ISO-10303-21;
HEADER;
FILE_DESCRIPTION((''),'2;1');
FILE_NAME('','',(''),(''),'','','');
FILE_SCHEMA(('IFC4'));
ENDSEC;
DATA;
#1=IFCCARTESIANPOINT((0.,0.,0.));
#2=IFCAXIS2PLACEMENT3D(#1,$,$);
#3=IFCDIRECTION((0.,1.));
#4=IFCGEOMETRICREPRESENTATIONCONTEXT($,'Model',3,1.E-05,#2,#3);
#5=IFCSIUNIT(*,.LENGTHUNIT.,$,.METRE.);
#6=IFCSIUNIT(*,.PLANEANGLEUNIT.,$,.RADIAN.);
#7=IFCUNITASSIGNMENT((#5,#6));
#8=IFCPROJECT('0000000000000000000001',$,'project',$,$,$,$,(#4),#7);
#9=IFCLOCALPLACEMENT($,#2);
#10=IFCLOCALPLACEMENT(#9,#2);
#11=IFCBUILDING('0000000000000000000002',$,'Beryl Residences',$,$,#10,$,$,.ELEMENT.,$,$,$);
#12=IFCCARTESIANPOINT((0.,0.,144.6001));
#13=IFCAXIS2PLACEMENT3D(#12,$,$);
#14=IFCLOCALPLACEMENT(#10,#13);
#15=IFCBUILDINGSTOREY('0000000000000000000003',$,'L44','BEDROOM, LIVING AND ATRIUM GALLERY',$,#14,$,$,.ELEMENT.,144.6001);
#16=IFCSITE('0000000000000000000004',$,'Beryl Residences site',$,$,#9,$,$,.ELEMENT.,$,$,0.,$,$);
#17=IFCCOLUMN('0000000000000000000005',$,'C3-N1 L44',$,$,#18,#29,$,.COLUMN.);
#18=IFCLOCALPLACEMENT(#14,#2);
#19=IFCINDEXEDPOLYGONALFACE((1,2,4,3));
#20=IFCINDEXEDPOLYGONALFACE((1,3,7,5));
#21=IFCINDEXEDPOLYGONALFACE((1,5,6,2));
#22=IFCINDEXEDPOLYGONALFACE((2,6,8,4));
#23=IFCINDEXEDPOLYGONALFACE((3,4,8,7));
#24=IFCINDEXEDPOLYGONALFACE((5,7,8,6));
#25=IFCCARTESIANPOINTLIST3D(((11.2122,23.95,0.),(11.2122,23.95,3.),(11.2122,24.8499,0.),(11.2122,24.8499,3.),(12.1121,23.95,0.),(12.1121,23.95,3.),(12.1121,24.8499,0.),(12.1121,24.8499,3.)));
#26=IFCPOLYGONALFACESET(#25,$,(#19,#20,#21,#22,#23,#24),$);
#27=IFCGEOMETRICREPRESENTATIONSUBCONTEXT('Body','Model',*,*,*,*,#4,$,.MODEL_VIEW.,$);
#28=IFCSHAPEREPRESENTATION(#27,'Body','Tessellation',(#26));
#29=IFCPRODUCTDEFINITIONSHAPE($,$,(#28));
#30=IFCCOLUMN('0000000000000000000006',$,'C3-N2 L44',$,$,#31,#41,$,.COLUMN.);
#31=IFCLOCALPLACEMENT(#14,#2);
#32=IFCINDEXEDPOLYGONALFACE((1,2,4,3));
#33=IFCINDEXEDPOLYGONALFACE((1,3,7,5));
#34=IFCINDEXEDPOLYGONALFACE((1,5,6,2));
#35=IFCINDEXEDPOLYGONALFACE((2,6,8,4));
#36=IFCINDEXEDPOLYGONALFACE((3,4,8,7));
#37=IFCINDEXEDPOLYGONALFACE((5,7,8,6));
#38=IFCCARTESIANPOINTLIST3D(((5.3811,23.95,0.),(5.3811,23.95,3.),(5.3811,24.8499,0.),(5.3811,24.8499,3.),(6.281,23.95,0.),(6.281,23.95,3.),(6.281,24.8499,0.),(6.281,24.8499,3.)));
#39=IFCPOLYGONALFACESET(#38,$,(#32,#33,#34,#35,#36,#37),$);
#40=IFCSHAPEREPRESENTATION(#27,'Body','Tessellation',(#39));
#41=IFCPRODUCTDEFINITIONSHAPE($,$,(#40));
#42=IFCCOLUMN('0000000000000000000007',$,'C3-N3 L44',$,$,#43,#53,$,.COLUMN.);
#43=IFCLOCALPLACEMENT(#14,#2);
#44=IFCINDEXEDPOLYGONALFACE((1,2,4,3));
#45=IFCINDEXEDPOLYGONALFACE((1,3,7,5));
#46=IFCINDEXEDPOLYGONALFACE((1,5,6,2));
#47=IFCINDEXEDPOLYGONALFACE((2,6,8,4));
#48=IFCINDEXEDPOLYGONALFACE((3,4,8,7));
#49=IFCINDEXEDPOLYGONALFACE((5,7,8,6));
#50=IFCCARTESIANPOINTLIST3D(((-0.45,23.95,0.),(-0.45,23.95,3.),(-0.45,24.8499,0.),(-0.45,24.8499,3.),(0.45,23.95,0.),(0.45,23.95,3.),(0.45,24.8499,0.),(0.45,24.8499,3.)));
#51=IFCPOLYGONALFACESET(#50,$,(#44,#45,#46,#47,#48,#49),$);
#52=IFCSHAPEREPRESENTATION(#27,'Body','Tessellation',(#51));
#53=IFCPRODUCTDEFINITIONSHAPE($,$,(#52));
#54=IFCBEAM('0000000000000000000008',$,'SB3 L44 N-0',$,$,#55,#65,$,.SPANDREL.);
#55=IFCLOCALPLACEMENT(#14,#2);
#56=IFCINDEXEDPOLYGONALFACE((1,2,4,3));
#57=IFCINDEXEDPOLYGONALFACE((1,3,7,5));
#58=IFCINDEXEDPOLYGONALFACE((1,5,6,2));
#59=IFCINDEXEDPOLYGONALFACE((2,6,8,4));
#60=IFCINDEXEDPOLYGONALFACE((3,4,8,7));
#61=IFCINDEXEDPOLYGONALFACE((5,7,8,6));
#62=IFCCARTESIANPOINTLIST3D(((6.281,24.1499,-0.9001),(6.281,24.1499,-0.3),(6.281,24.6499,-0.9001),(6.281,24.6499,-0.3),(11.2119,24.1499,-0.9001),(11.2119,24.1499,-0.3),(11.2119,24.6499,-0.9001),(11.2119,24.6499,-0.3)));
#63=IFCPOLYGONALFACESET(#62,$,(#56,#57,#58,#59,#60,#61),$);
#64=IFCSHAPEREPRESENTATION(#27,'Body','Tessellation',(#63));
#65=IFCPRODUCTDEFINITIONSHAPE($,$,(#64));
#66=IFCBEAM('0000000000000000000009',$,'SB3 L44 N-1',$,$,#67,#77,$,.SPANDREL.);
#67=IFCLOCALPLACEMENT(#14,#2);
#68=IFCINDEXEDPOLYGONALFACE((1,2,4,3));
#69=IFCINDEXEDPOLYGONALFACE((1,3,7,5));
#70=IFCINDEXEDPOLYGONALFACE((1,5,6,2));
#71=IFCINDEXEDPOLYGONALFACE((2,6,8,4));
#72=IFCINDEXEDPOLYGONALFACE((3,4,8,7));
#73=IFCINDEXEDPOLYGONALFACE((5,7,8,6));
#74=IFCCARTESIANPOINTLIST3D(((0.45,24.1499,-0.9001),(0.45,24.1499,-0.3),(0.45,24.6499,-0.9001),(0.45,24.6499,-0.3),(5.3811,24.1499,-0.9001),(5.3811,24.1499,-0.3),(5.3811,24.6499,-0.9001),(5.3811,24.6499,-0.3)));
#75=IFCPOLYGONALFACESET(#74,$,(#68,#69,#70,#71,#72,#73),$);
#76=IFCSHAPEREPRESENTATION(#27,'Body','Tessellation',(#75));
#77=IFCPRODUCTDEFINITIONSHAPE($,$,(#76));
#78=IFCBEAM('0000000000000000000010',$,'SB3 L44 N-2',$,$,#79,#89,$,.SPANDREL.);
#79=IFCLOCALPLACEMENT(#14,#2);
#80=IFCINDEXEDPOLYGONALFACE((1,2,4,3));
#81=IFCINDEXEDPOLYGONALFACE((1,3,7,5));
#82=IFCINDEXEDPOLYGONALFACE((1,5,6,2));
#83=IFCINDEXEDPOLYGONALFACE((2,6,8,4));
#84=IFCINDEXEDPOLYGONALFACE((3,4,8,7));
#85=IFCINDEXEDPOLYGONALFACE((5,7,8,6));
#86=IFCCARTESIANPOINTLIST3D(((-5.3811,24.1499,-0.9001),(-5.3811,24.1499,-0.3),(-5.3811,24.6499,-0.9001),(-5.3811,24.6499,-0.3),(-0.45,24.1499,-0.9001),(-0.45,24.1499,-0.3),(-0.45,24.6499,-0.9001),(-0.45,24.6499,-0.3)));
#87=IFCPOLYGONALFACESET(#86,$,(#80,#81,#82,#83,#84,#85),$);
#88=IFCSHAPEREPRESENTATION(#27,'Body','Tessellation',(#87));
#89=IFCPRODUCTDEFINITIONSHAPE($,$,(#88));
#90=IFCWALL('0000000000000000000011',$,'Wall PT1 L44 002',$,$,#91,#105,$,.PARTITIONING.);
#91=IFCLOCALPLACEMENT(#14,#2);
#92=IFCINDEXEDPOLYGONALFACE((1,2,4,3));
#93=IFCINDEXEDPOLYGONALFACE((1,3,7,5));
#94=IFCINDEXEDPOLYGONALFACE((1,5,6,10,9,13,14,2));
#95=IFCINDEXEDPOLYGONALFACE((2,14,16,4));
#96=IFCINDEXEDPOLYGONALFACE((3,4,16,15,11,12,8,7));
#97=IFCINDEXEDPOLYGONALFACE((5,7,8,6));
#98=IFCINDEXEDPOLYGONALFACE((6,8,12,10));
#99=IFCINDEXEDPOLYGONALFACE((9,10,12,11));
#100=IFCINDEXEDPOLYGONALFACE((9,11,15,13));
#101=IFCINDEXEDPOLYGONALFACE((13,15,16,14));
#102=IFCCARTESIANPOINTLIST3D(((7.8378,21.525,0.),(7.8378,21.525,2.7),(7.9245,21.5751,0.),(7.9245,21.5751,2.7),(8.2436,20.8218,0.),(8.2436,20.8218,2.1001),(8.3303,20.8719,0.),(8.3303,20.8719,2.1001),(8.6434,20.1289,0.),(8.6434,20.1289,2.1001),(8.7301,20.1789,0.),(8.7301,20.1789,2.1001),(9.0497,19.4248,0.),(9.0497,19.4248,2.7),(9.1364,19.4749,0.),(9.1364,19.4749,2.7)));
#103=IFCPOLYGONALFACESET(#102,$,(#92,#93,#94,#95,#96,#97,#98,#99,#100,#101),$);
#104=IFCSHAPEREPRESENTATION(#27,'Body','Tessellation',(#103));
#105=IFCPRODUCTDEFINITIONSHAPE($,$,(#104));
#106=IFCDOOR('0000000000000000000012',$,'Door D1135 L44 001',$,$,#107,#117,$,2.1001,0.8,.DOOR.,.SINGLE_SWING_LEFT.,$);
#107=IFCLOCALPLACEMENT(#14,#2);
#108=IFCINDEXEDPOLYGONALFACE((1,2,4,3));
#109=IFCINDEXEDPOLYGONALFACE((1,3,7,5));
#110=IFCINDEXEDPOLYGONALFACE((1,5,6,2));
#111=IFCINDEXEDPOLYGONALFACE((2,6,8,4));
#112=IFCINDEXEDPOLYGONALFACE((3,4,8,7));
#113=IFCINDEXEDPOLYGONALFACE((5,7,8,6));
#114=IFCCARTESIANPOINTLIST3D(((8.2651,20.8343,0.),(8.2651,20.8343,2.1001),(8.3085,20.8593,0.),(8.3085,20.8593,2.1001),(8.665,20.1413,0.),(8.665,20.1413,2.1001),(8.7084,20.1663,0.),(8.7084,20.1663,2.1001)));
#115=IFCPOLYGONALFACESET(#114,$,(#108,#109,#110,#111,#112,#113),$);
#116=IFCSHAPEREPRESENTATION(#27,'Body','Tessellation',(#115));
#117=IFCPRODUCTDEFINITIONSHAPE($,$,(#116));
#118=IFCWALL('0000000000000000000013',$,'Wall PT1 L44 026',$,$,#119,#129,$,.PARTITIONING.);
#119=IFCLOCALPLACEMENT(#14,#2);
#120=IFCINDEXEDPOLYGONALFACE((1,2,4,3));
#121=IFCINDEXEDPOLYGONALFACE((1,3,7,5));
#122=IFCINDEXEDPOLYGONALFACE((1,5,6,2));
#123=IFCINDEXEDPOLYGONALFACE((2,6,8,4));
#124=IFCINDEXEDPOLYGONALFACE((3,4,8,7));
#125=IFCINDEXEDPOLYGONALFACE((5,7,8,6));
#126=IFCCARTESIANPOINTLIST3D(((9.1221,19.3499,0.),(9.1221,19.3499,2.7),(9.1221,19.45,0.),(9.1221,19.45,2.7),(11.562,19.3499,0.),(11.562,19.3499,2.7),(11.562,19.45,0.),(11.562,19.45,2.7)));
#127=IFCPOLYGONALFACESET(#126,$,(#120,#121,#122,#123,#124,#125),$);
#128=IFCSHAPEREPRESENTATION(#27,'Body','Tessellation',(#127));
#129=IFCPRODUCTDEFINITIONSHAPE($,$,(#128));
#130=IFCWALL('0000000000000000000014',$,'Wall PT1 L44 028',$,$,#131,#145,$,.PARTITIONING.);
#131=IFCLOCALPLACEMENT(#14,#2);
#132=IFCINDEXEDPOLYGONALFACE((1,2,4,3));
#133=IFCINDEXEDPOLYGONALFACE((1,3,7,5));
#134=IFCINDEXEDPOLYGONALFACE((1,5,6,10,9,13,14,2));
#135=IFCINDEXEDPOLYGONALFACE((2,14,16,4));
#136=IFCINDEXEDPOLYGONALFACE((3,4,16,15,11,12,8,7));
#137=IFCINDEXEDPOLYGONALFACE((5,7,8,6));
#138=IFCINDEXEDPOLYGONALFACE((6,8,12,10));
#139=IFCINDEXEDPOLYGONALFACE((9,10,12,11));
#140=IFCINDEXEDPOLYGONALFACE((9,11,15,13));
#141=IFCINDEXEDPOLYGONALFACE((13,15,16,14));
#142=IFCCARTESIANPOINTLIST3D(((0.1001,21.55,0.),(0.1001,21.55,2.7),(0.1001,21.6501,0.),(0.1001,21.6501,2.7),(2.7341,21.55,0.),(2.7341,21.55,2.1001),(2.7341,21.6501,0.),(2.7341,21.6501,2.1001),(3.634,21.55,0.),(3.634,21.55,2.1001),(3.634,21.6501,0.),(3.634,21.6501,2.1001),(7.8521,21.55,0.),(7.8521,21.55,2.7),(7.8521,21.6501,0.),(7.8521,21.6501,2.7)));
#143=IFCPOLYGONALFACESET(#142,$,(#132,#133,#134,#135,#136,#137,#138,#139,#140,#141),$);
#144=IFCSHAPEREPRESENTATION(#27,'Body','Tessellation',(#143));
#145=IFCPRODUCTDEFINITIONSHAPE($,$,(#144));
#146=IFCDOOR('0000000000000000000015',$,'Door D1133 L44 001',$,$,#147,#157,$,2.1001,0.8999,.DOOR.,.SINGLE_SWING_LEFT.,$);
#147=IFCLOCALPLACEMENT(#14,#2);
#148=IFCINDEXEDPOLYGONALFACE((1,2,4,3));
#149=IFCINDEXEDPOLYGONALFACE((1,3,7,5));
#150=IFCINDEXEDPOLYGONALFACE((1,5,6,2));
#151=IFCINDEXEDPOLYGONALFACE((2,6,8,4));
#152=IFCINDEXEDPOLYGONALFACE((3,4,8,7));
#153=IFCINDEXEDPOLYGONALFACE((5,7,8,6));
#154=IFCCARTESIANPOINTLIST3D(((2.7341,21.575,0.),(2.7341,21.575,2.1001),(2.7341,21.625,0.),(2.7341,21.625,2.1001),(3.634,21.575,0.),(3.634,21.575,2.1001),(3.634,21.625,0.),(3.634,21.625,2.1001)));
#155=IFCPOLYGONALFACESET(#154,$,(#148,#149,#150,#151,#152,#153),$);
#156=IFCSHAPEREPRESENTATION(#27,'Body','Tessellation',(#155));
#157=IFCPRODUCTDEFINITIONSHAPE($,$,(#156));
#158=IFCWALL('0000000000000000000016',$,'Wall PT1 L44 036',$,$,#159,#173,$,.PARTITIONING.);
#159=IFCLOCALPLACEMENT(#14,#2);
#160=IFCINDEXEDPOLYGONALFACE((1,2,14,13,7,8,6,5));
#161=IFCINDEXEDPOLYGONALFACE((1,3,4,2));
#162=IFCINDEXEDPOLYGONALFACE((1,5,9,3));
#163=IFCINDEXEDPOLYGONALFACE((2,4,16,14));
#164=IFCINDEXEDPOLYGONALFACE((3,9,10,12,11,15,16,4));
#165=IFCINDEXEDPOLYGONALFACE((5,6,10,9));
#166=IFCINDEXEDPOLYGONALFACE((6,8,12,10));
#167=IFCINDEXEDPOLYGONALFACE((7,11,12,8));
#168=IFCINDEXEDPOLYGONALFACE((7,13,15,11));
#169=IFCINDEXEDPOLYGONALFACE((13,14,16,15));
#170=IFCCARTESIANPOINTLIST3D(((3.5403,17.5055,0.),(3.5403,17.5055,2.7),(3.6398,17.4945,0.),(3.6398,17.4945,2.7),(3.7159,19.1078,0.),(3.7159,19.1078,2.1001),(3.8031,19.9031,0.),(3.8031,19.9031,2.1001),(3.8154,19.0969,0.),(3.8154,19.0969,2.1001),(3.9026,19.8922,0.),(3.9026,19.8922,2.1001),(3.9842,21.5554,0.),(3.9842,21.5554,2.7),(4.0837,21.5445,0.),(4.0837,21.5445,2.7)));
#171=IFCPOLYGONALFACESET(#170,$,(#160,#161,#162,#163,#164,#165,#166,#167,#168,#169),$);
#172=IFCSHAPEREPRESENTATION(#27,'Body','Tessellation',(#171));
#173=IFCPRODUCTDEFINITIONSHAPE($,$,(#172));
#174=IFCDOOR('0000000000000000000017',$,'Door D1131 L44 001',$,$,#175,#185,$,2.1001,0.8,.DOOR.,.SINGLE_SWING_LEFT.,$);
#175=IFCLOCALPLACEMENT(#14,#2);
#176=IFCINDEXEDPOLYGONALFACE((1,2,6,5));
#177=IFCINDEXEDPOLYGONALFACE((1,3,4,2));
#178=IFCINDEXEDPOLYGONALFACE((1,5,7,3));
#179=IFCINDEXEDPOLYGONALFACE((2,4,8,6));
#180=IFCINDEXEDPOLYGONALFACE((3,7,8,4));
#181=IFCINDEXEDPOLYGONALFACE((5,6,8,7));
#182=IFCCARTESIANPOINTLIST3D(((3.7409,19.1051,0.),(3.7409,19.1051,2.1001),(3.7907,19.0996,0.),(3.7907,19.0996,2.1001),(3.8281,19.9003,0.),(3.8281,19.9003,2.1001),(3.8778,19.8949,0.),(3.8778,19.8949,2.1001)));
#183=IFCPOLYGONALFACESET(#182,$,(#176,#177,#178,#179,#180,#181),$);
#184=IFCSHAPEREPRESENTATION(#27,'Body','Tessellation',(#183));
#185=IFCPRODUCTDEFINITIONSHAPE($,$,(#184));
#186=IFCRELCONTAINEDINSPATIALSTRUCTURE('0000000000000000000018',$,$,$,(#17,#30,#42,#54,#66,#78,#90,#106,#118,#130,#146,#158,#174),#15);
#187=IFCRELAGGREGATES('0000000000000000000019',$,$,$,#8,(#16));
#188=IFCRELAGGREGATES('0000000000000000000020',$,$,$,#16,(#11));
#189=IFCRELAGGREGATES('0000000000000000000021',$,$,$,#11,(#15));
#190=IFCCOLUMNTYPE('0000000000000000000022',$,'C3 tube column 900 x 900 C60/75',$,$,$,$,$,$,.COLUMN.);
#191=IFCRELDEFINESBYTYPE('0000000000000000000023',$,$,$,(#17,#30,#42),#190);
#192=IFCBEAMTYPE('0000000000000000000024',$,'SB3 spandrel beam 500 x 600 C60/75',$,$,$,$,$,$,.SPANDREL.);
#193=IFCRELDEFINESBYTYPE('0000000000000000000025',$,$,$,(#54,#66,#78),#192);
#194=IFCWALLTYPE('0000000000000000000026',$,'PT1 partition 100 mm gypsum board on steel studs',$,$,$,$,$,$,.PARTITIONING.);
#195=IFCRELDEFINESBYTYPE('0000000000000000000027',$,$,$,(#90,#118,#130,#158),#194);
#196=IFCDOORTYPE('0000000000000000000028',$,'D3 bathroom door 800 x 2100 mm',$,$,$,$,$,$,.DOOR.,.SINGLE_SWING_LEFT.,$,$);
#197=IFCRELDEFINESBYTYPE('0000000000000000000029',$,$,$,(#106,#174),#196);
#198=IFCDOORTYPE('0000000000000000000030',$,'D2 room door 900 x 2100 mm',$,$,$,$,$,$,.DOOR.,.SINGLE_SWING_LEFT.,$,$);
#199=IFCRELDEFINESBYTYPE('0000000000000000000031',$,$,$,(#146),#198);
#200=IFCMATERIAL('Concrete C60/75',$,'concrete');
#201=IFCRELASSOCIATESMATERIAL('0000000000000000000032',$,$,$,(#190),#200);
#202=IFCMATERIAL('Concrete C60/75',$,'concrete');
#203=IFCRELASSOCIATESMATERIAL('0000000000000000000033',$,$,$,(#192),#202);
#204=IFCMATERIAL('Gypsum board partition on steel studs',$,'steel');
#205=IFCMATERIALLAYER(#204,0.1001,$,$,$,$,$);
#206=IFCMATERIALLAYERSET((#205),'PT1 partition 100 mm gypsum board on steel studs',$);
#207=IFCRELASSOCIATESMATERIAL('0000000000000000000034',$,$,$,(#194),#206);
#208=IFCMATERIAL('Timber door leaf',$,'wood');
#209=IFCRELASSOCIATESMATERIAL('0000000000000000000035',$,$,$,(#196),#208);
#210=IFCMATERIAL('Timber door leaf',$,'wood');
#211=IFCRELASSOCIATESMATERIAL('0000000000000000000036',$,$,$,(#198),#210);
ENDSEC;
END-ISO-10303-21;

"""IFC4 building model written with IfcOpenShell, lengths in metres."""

from ifc_helpers import new_model, si_unit, direction, frame, frame_2d, origin, origin_2d, place, context, subcontext, project, spatial, rectangle, extrude, material, layer, layer_set, material_profile, profile_set, type_object, element, fill, save


model = new_model("IFC4")

# Units and contexts
model_context = context("Model", 3, precision=1e-05, world=origin(), true_north=direction((0.0, 1.0)))
body_context = subcontext(model_context, "Body", "Model", "MODEL_VIEW")
ifc_project = project(units=[si_unit("LENGTHUNIT", "METRE"), si_unit("PLANEANGLEUNIT", "RADIAN")], contexts=[model_context])

# Site, building, storey
site_placement = place(None, origin())
site = spatial("IfcSite", under=ifc_project, at=site_placement, Name="Beryl Residences site", CompositionType="ELEMENT", RefElevation=0.0)
building_placement = place(site_placement, origin())
building = spatial("IfcBuilding", under=site, at=building_placement, Name="Beryl Residences", CompositionType="ELEMENT")
storey_placement = place(building_placement, frame((0.0, 0.0, 144.6001)))
storey = spatial("IfcBuildingStorey", under=building, at=storey_placement, Name="L44", Description="BEDROOM, LIVING AND ATRIUM GALLERY", CompositionType="ELEMENT", Elevation=144.6001)

# Columns
ifc_material_1 = material(Name="Concrete C60/75", Category="concrete")
ifc_material_profile_1 = material_profile(ifc_material_1, rectangle(XDim=0.8999, YDim=0.8999, at=origin_2d()))
ifc_profile_set_1 = profile_set([ifc_material_profile_1], Name="Concrete C60/75")
column_type = type_object("IfcColumnType", Name="C3 tube column 900 x 900 C60/75", PredefinedType="COLUMN", material=ifc_profile_set_1)
for number, where, z_axis, x_axis, name in (
    (1, (11.6621, 24.3999, 0.0), (0.0, 0.0, 1.0), (-1.0, 0.0, 0.0), "C3-N1 L44"),
    (2, (5.8311, 24.3999, 0.0), (0.0, 0.0, 1.0), (-1.0, 0.0, 0.0), "C3-N2 L44"),
    (3, (0.0, 24.3999, 0.0), (0.0, 0.0, 1.0), (-1.0, 0.0, 0.0), "C3-N3 L44"),
):
    element("IfcColumn", number, at=place(storey_placement, frame(where, z_axis=z_axis, x_axis=x_axis)), inside=storey, type_object=column_type, Name=name, PredefinedType="COLUMN", context=body_context, shape_type="SweptSolid", body=[
        extrude(rectangle(XDim=0.8999, YDim=0.8999, at=origin_2d()), origin(), (0.0, 0.0, 1.0), 3.0),
    ])

# Beams
ifc_material_2 = material(Name="Concrete C60/75", Category="concrete")
ifc_material_profile_2 = material_profile(ifc_material_2, rectangle(XDim=0.5, YDim=0.6001, at=origin_2d()))
ifc_profile_set_2 = profile_set([ifc_material_profile_2], Name="Concrete C60/75")
beam_type = type_object("IfcBeamType", Name="SB3 spandrel beam 500 x 600 C60/75", PredefinedType="SPANDREL", material=ifc_profile_set_2)
beam_placement = place(storey_placement, frame((11.2119, 24.3999, -0.6001), z_axis=(-1.0, 0.0, 0.0), x_axis=(0.0, -1.0, 0.0)))
element("IfcBeam", 4, at=beam_placement, inside=storey, type_object=beam_type, Name="SB3 L44 N-0", PredefinedType="SPANDREL", context=body_context, shape_type="SweptSolid", body=[
    extrude(rectangle(XDim=0.5, YDim=0.6001, at=origin_2d()), origin(), (0.0, 0.0, 1.0), 4.9309),
])
for number, where, z_axis, x_axis, name in (
    (5, (5.3811, 24.3999, -0.6001), (-1.0, 0.0, 0.0), (0.0, -1.0, 0.0), "SB3 L44 N-1"),
    (6, (-0.45, 24.3999, -0.6001), (-1.0, 0.0, 0.0), (0.0, -1.0, 0.0), "SB3 L44 N-2"),
):
    element("IfcBeam", number, at=place(storey_placement, frame(where, z_axis=z_axis, x_axis=x_axis)), inside=storey, type_object=beam_type, Name=name, PredefinedType="SPANDREL", context=body_context, shape_type="SweptSolid", body=[
        extrude(rectangle(XDim=0.5, YDim=0.6001, at=origin_2d()), origin(), (0.0, 0.0, 1.0), 4.9312),
    ])

# Wall, opening, door
ifc_material_3 = material(Name="Gypsum board partition on steel studs", Category="steel")
ifc_layer_1 = layer(ifc_material_3, 0.1001)
ifc_layer_set_1 = layer_set([ifc_layer_1], Name="PT1 partition 100 mm gypsum board on steel studs")
wall_type_1 = type_object("IfcWallType", Name="PT1 partition 100 mm gypsum board on steel studs", PredefinedType="PARTITIONING", material=ifc_layer_set_1)
wall_1_placement = place(storey_placement, frame((7.8811, 21.55, 0.0), z_axis=(0.0, 0.0, 1.0), x_axis=(0.499821, -0.866129, 0.0)))
wall_1 = element("IfcWall", 7, at=wall_1_placement, inside=storey, type_object=wall_type_1, Name="Wall PT1 L44 002", PredefinedType="PARTITIONING", context=body_context, shape_type="SweptSolid", body=[
    extrude(rectangle(XDim=2.4248, YDim=0.1001, at=frame_2d((1.2124, 0.0))), origin(), (0.0, 0.0, 1.0), 2.7),
])
opening_1_placement = place(wall_1_placement, frame((0.812, 0.0, 0.0)))
opening_1 = element("IfcOpeningElement", 8, at=opening_1_placement, cuts=wall_1, PredefinedType="OPENING", context=body_context, shape_type="SweptSolid", body=[
    extrude(rectangle(XDim=0.8, YDim=2.1001, at=frame_2d((0.3999, 1.05))), frame((0.0, 0.0601, 0.0), z_axis=(0.0, -1.0, 0.0), x_axis=(1.0, 0.0, 0.0)), (0.0, 0.0, 1.0), 0.1201),
])
ifc_material_4 = material(Name="Timber door leaf", Category="wood")
door_type_1 = type_object("IfcDoorType", Name="D3 bathroom door 800 x 2100 mm", OperationType="SINGLE_SWING_LEFT", PredefinedType="DOOR", material=ifc_material_4)
door_1_placement = place(opening_1_placement, origin())
door_1 = element("IfcDoor", 9, at=door_1_placement, inside=storey, type_object=door_type_1, Name="Door D1135 L44 001", OperationType="SINGLE_SWING_LEFT", OverallHeight=2.1001, OverallWidth=0.8, PredefinedType="DOOR", context=body_context, shape_type="SweptSolid", body=[
    extrude(rectangle(XDim=0.8, YDim=2.1001, at=frame_2d((0.3999, 1.05))), frame((0.0, 0.0249, 0.0), z_axis=(0.0, -1.0, 0.0), x_axis=(1.0, 0.0, 0.0)), (0.0, 0.0, 1.0), 0.05),
])
fill(opening_1, door_1)

# Wall
wall_2_placement = place(storey_placement, frame((9.1221, 19.3999, 0.0), z_axis=(0.0, 0.0, 1.0), x_axis=(1.0, 0.0, 0.0)))
element("IfcWall", 10, at=wall_2_placement, inside=storey, type_object=wall_type_1, Name="Wall PT1 L44 026", PredefinedType="PARTITIONING", context=body_context, shape_type="SweptSolid", body=[
    extrude(rectangle(XDim=2.4399, YDim=0.1001, at=frame_2d((1.22, 0.0))), origin(), (0.0, 0.0, 1.0), 2.7),
])

# Walls, openings, doors
wall_3_placement = place(storey_placement, frame((0.1001, 21.6001, 0.0), z_axis=(0.0, 0.0, 1.0), x_axis=(1.0, 0.0, 0.0)))
wall_3 = element("IfcWall", 11, at=wall_3_placement, inside=storey, type_object=wall_type_1, Name="Wall PT1 L44 028", PredefinedType="PARTITIONING", context=body_context, shape_type="SweptSolid", body=[
    extrude(rectangle(XDim=7.752, YDim=0.1001, at=frame_2d((3.876, 0.0))), origin(), (0.0, 0.0, 1.0), 2.7),
])
opening_2_placement = place(wall_3_placement, frame((2.634, 0.0, 0.0)))
opening_2 = element("IfcOpeningElement", 12, at=opening_2_placement, cuts=wall_3, PredefinedType="OPENING", context=body_context, shape_type="SweptSolid", body=[
    extrude(rectangle(XDim=0.8999, YDim=2.1001, at=frame_2d((0.45, 1.05))), frame((0.0, 0.0601, 0.0), z_axis=(0.0, -1.0, 0.0), x_axis=(1.0, 0.0, 0.0)), (0.0, 0.0, 1.0), 0.1201),
])
ifc_material_5 = material(Name="Timber door leaf", Category="wood")
door_type_2 = type_object("IfcDoorType", Name="D2 room door 900 x 2100 mm", OperationType="SINGLE_SWING_LEFT", PredefinedType="DOOR", material=ifc_material_5)
door_2_placement = place(opening_2_placement, origin())
door_2 = element("IfcDoor", 13, at=door_2_placement, inside=storey, type_object=door_type_2, Name="Door D1133 L44 001", OperationType="SINGLE_SWING_LEFT", OverallHeight=2.1001, OverallWidth=0.8999, PredefinedType="DOOR", context=body_context, shape_type="SweptSolid", body=[
    extrude(rectangle(XDim=0.8999, YDim=2.1001, at=frame_2d((0.45, 1.05))), frame((0.0, 0.0249, 0.0), z_axis=(0.0, -1.0, 0.0), x_axis=(1.0, 0.0, 0.0)), (0.0, 0.0, 1.0), 0.05),
])
fill(opening_2, door_2)
wall_4_placement = place(storey_placement, frame((3.5901, 17.5, 0.0), z_axis=(0.0, 0.0, 1.0), x_axis=(0.108938, 0.994048, 0.0)))
wall_4 = element("IfcWall", 14, at=wall_4_placement, inside=storey, type_object=wall_type_1, Name="Wall PT1 L44 036", PredefinedType="PARTITIONING", context=body_context, shape_type="SweptSolid", body=[
    extrude(rectangle(XDim=4.0742, YDim=0.1001, at=frame_2d((2.0371, 0.0))), origin(), (0.0, 0.0, 1.0), 2.7),
])
opening_3_placement = place(wall_4_placement, frame((1.6121, 0.0, 0.0)))
opening_3 = element("IfcOpeningElement", 15, at=opening_3_placement, cuts=wall_4, PredefinedType="OPENING", context=body_context, shape_type="SweptSolid", body=[
    extrude(rectangle(XDim=0.8, YDim=2.1001, at=frame_2d((0.3999, 1.05))), frame((0.0, 0.0601, 0.0), z_axis=(0.0, -1.0, 0.0), x_axis=(1.0, 0.0, 0.0)), (0.0, 0.0, 1.0), 0.1201),
])
door_3_placement = place(opening_3_placement, origin())
door_3 = element("IfcDoor", 16, at=door_3_placement, inside=storey, type_object=door_type_1, Name="Door D1131 L44 001", OperationType="SINGLE_SWING_LEFT", OverallHeight=2.1001, OverallWidth=0.8, PredefinedType="DOOR", context=body_context, shape_type="SweptSolid", body=[
    extrude(rectangle(XDim=0.8, YDim=2.1001, at=frame_2d((0.3999, 1.05))), frame((0.0, 0.0249, 0.0), z_axis=(0.0, -1.0, 0.0), x_axis=(1.0, 0.0, 0.0)), (0.0, 0.0, 1.0), 0.05),
])
fill(opening_3, door_3)

save(model, "model.ifc")
